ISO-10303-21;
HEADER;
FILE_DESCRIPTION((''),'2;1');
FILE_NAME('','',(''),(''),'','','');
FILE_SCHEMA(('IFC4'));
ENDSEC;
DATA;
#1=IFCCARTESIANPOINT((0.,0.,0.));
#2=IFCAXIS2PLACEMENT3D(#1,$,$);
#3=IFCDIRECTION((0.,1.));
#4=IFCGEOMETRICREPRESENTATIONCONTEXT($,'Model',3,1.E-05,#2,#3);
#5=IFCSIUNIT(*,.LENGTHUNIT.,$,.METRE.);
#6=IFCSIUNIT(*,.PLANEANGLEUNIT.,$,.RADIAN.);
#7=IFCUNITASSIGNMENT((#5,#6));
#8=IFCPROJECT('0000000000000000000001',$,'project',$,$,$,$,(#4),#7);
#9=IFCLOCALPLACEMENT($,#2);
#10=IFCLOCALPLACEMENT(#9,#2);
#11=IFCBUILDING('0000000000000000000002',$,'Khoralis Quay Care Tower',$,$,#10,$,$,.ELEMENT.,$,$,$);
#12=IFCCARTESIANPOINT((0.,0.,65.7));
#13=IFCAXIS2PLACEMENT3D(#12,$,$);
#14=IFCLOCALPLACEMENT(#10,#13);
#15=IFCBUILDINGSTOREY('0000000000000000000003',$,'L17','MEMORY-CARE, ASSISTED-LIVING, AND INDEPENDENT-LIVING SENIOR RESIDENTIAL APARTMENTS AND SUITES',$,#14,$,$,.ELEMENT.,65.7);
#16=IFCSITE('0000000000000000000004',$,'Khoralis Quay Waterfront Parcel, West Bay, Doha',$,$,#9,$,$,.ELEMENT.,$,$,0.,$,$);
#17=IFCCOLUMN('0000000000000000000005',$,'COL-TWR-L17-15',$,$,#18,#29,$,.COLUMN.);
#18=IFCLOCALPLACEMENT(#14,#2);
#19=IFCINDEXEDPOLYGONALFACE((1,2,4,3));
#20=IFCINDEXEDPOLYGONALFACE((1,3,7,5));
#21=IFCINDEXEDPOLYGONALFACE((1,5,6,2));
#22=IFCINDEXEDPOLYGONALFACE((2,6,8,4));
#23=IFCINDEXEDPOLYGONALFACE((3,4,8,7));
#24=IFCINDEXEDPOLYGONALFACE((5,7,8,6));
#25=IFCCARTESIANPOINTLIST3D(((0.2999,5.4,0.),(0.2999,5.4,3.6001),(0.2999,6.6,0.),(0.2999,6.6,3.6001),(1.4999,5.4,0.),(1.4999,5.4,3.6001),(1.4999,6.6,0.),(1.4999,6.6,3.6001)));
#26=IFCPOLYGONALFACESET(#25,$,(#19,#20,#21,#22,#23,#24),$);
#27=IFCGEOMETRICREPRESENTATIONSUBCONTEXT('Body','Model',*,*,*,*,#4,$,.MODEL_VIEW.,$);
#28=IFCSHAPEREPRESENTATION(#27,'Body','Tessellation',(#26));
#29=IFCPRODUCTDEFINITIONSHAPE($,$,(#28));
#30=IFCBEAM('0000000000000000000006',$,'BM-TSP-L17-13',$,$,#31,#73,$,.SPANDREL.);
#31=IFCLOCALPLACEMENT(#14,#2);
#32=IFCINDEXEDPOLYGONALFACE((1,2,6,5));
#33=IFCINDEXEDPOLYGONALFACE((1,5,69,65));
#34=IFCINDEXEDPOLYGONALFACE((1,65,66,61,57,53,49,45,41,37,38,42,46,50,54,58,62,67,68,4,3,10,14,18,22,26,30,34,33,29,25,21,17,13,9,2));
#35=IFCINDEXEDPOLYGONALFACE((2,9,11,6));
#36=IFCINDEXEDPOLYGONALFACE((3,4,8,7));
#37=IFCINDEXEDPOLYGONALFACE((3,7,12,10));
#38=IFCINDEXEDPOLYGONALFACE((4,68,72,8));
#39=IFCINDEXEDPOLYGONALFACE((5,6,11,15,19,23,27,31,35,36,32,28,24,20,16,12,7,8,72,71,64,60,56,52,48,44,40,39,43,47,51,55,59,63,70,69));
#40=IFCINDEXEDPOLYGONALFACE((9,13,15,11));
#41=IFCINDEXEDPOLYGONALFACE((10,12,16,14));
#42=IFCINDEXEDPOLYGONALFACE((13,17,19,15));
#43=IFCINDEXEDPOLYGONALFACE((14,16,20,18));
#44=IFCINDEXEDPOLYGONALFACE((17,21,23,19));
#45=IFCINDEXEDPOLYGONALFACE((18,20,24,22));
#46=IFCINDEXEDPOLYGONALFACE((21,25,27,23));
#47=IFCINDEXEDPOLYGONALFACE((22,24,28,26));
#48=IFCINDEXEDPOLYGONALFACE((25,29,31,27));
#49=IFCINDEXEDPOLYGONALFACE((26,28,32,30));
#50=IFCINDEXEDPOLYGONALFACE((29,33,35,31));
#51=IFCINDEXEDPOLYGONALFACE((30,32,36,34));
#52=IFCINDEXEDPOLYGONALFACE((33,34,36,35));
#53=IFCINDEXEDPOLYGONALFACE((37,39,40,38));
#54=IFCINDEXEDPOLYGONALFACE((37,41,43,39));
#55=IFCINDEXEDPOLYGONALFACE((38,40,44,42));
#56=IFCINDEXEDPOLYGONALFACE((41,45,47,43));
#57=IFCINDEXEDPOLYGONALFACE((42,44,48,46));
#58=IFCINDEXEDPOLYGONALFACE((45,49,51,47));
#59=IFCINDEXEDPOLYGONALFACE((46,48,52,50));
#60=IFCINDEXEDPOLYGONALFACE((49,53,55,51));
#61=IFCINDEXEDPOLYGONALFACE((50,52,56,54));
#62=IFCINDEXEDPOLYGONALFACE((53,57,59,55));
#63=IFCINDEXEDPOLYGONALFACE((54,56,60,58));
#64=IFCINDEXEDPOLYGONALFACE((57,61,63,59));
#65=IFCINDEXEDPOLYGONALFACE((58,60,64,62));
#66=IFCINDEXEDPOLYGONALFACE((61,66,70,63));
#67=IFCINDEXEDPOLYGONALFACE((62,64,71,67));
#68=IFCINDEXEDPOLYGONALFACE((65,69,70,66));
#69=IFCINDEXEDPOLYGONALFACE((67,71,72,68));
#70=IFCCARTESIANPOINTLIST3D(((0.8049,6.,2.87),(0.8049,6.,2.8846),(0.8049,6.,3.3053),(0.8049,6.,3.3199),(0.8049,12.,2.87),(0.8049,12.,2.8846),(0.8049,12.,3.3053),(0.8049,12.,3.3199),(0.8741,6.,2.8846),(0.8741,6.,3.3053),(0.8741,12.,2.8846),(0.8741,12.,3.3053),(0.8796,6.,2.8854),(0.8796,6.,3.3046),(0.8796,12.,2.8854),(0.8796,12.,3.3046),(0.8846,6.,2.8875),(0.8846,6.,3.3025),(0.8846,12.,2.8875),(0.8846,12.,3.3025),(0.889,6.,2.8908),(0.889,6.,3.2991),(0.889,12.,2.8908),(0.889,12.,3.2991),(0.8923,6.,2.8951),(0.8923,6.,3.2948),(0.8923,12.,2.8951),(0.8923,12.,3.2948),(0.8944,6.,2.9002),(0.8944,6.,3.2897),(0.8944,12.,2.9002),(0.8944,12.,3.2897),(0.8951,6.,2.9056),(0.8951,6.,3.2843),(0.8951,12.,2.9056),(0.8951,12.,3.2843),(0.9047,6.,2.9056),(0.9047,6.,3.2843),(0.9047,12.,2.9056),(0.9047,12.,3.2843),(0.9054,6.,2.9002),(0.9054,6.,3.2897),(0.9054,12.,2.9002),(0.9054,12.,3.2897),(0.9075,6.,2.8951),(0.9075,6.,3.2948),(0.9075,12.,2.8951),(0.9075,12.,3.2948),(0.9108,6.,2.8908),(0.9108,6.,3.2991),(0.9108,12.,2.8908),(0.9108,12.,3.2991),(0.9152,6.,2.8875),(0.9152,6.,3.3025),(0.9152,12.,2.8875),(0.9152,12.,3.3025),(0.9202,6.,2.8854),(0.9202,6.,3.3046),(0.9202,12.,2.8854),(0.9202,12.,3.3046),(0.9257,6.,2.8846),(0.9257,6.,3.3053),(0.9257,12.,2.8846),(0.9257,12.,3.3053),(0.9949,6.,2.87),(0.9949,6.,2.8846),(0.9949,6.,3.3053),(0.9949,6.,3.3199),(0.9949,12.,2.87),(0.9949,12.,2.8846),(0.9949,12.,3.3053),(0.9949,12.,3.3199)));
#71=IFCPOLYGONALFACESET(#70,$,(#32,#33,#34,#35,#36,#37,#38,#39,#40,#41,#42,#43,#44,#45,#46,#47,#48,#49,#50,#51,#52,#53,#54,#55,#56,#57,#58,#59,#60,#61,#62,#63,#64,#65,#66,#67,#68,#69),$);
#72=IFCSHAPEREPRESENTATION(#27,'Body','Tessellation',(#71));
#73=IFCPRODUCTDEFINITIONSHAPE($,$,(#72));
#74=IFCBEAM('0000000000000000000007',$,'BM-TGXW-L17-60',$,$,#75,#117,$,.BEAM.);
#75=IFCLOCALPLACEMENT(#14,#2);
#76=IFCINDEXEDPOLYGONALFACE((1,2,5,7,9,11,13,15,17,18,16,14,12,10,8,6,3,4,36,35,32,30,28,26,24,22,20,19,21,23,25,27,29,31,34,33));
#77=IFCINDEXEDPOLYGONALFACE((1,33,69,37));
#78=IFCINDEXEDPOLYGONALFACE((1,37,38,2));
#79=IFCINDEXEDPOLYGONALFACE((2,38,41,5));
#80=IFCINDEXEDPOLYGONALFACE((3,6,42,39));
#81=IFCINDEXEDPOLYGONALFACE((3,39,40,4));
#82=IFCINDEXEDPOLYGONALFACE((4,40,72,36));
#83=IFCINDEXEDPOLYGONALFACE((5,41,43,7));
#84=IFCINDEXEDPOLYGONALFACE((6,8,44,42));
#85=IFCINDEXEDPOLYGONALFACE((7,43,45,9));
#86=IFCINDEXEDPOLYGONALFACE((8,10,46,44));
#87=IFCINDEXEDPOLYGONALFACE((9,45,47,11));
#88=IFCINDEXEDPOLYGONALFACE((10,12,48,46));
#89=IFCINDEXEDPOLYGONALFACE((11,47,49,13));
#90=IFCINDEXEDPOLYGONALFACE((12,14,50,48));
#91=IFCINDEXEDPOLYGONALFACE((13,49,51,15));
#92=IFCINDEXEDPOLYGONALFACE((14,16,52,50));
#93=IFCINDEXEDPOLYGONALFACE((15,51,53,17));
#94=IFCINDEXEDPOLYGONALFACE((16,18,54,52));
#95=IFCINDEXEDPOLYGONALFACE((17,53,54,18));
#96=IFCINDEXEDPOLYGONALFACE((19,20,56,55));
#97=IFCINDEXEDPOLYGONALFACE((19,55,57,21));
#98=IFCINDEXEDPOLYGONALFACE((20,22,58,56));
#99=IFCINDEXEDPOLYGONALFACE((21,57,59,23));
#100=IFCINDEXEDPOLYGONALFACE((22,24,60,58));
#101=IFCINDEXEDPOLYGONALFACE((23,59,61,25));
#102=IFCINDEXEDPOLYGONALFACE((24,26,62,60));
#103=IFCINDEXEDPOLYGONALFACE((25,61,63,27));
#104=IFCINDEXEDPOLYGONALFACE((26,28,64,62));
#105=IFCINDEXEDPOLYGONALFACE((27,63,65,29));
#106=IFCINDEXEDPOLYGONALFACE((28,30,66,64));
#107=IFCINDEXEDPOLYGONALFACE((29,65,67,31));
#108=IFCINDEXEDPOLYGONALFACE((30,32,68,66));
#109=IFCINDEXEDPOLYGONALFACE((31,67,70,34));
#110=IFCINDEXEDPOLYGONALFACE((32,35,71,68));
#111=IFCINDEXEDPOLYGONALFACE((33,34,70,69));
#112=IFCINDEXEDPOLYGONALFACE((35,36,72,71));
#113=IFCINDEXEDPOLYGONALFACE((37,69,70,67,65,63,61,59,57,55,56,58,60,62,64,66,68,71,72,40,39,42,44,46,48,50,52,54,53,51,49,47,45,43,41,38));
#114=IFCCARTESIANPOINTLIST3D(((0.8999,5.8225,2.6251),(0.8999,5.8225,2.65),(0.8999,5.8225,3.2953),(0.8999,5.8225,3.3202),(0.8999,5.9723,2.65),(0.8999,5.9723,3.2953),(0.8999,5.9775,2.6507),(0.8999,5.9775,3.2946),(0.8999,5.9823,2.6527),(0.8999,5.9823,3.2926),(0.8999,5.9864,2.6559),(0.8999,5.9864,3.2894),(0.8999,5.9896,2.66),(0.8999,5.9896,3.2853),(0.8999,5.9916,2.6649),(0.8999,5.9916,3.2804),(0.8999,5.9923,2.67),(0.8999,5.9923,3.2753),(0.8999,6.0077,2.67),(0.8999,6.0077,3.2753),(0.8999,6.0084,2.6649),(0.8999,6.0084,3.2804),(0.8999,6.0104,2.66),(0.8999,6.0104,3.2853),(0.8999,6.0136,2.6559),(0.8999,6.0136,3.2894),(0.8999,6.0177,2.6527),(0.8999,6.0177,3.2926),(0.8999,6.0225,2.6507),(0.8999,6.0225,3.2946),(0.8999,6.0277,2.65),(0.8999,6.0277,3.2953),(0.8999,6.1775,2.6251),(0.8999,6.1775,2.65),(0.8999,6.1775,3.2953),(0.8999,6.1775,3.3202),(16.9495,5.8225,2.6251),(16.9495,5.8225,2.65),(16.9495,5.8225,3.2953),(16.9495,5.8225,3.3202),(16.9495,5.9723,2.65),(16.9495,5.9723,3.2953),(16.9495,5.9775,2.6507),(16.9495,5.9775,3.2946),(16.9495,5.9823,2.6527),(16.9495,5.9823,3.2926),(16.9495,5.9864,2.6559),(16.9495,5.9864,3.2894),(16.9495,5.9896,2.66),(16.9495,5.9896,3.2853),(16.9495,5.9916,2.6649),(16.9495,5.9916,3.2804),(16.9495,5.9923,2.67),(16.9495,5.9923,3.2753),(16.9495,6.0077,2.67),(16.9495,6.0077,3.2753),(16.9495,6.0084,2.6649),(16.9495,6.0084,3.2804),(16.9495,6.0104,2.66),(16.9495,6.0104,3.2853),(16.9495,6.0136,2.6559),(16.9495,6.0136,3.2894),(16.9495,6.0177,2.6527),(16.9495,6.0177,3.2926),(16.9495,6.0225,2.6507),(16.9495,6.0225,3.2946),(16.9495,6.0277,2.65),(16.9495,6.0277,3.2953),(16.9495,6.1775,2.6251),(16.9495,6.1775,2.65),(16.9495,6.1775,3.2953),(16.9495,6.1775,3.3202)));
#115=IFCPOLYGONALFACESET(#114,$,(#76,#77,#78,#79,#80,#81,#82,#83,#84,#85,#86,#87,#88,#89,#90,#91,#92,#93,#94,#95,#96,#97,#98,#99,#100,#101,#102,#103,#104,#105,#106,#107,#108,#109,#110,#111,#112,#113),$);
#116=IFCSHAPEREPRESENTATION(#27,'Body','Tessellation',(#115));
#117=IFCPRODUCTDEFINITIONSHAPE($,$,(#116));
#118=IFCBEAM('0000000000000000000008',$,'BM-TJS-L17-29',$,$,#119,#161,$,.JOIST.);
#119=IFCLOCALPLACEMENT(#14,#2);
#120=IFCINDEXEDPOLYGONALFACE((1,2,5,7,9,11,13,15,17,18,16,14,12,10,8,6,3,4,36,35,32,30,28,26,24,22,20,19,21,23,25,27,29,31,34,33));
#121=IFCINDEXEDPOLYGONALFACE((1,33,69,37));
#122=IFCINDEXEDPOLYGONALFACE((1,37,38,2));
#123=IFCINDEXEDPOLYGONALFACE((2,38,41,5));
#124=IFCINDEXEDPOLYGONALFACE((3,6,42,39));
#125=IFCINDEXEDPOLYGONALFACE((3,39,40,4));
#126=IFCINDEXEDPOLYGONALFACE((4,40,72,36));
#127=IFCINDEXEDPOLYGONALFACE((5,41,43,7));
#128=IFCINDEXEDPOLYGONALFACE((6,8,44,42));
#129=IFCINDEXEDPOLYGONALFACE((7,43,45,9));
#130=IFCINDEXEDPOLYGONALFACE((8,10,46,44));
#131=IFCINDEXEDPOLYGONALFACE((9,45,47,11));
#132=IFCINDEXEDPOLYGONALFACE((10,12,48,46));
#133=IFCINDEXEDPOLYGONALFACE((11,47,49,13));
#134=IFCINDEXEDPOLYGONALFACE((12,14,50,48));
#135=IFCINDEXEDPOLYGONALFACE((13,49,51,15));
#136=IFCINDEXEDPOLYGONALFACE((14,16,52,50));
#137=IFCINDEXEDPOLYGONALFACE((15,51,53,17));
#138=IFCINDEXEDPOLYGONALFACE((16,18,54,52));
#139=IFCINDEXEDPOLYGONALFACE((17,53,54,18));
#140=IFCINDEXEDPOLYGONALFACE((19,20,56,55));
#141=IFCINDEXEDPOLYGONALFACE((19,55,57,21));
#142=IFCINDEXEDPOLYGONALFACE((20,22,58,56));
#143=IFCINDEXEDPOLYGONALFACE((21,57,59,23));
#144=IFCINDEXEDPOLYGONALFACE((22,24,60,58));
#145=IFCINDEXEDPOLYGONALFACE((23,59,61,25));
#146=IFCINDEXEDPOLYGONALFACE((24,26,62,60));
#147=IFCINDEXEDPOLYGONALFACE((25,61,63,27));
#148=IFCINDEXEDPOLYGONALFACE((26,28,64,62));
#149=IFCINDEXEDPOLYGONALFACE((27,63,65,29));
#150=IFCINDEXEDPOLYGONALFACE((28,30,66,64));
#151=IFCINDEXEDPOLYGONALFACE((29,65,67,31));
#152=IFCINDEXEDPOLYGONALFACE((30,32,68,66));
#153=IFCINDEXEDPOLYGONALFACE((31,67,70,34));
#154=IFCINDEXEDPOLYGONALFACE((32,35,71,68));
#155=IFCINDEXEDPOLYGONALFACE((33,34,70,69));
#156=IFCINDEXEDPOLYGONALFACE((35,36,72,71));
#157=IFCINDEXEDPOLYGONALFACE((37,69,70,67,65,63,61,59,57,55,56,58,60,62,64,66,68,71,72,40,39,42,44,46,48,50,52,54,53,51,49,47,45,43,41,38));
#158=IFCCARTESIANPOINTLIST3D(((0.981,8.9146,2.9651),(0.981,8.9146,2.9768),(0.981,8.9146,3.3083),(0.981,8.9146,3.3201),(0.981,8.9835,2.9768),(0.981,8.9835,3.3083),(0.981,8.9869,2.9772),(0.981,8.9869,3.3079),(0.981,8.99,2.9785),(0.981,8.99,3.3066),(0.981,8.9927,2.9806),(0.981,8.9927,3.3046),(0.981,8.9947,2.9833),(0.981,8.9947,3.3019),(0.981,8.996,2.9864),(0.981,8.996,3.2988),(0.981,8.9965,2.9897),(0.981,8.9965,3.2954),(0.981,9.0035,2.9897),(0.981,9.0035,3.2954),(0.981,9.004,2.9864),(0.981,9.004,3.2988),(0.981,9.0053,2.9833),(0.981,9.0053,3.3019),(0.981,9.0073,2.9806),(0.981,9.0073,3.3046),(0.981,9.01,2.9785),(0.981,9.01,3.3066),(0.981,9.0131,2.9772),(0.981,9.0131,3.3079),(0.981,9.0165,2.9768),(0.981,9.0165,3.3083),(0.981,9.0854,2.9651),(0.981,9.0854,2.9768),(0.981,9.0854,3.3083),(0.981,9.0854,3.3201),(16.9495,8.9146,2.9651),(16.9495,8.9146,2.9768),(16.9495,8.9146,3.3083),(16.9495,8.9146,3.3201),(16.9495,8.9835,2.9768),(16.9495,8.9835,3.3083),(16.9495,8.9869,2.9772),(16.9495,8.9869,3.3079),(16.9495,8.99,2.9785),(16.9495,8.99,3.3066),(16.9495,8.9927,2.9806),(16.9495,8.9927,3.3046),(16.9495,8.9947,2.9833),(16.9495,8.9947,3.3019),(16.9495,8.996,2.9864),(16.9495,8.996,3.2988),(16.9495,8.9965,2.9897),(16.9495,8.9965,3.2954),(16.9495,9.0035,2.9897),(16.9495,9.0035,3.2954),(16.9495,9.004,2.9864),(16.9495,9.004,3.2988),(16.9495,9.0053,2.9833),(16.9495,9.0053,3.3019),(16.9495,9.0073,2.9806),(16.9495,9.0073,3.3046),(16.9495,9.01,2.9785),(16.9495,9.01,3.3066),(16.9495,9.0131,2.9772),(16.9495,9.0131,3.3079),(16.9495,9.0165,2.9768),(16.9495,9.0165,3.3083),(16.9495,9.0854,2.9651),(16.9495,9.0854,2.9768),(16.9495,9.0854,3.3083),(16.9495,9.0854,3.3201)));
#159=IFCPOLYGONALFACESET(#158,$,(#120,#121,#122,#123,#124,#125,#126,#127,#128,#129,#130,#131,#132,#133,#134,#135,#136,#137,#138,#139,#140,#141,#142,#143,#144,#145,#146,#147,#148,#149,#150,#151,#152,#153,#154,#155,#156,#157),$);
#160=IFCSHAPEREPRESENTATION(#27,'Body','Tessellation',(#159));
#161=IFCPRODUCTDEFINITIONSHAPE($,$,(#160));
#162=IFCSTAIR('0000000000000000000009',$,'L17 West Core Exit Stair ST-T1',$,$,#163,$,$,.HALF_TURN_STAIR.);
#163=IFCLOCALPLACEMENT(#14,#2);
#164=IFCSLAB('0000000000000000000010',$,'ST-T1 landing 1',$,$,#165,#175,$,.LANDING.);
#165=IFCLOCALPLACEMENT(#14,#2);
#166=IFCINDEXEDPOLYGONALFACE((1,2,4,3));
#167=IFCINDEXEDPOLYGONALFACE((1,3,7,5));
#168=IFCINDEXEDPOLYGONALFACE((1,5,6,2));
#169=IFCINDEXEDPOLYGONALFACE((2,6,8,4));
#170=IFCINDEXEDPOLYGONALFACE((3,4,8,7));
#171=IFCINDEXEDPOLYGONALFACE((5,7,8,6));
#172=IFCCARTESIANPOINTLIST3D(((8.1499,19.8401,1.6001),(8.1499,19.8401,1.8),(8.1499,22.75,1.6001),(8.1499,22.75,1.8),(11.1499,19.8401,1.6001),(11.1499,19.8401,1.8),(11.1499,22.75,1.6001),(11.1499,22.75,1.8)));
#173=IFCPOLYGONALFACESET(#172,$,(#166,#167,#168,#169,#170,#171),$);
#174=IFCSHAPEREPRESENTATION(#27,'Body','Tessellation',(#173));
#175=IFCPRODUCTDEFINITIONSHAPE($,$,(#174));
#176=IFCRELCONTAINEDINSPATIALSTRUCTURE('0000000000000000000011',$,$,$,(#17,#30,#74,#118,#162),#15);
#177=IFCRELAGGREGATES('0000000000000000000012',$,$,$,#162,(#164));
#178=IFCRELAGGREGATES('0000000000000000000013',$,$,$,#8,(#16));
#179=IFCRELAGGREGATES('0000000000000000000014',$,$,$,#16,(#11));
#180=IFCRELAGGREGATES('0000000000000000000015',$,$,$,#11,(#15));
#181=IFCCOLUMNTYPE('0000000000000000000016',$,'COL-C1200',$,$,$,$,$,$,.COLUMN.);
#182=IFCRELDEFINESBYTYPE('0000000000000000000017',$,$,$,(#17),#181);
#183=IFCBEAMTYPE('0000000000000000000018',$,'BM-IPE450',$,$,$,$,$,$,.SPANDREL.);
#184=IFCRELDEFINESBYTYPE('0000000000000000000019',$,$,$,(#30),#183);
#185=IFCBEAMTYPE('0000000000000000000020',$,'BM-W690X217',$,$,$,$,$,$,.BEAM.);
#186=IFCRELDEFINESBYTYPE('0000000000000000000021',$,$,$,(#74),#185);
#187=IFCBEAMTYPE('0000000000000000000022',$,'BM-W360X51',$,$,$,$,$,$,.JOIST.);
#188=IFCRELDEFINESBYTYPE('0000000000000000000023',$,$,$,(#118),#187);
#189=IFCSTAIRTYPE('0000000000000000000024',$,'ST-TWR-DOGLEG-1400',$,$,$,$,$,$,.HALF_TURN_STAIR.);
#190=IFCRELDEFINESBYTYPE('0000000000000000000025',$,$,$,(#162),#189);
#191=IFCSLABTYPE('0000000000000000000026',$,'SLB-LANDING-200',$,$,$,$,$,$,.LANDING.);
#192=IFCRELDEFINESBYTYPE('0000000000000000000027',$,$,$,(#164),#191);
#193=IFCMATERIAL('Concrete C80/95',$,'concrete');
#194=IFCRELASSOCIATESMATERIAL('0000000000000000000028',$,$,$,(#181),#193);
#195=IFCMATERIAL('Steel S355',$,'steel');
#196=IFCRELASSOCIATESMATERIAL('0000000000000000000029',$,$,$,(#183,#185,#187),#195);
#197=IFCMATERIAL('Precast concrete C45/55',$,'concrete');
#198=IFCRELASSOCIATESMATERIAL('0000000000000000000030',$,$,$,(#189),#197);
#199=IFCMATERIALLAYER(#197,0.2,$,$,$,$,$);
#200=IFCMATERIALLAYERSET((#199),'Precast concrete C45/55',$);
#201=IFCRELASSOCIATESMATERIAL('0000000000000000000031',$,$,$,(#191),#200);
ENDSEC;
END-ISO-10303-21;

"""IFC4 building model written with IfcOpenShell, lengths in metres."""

from ifc_helpers import new_model, si_unit, direction, frame, origin, origin_2d, place, context, subcontext, project, spatial, polyline, rectangle, i_section, outline, extrude, source, transform, mapped, material, layer, layer_set, material_profile, profile_set, type_object, element, aggregate, save


model = new_model("IFC4")

# Units and contexts
model_context = context("Model", 3, precision=1e-05, world=origin(), true_north=direction((0.0, 1.0)))
body_context = subcontext(model_context, "Body", "Model", "MODEL_VIEW")
ifc_project = project(units=[si_unit("LENGTHUNIT", "METRE"), si_unit("PLANEANGLEUNIT", "RADIAN")], contexts=[model_context])

# Site, building, storey
site_placement = place(None, origin())
site = spatial("IfcSite", under=ifc_project, at=site_placement, Name="Khoralis Quay Waterfront Parcel, West Bay, Doha", CompositionType="ELEMENT", RefElevation=0.0)
building_placement = place(site_placement, origin())
building = spatial("IfcBuilding", under=site, at=building_placement, Name="Khoralis Quay Care Tower", CompositionType="ELEMENT")
storey_placement = place(building_placement, frame((0.0, 0.0, 65.7)))
storey = spatial("IfcBuildingStorey", under=building, at=storey_placement, Name="L17", Description="MEMORY-CARE, ASSISTED-LIVING, AND INDEPENDENT-LIVING SENIOR RESIDENTIAL APARTMENTS AND SUITES", CompositionType="ELEMENT", Elevation=65.7)

# Column
ifc_material_1 = material(Name="Concrete C80/95", Category="concrete")
ifc_material_profile_1 = material_profile(ifc_material_1, rectangle(XDim=1.2, YDim=1.2, at=origin_2d()), Name="Concrete C80/95")
ifc_profile_set_1 = profile_set([ifc_material_profile_1], Name="Concrete C80/95")
column_type = type_object("IfcColumnType", Name="COL-C1200", PredefinedType="COLUMN", material=ifc_profile_set_1)
shared_shape_1 = source(origin(), body_context, "Body", "SweptSolid", [
    extrude(rectangle(XDim=1.2, YDim=1.2, at=origin_2d()), origin(), (0.0, 0.0, 1.0), 3.6001),
])
column_placement = place(storey_placement, frame((0.8999, 6.0, 0.0), z_axis=(0.0, 0.0, 1.0), x_axis=(1.0, 0.0, 0.0)))
element("IfcColumn", 1, at=column_placement, inside=storey, type_object=column_type, Name="COL-TWR-L17-15", PredefinedType="COLUMN", context=body_context, shape_type="MappedRepresentation", body=[
    mapped(shared_shape_1, transform((0.0, 0.0, 0.0), scale=1.0)),
])

# Beams
ifc_material_2 = material(Name="Steel S355", Category="steel")
ifc_material_profile_2 = material_profile(ifc_material_2, i_section(OverallWidth=0.1899, OverallDepth=0.45, WebThickness=0.0095, FlangeThickness=0.0146, FilletRadius=0.021, at=origin_2d()), Name="Steel S355")
ifc_profile_set_2 = profile_set([ifc_material_profile_2], Name="Steel S355")
beam_type_1 = type_object("IfcBeamType", Name="BM-IPE450", PredefinedType="SPANDREL", material=ifc_profile_set_2)
shared_shape_2 = source(origin(), body_context, "Body", "SweptSolid", [
    extrude(i_section(OverallWidth=0.1899, OverallDepth=0.45, WebThickness=0.0095, FlangeThickness=0.0146, FilletRadius=0.021, at=origin_2d()), origin(), (0.0, 0.0, 1.0), 6.0),
])
beam_1_placement = place(storey_placement, frame((0.8999, 6.0, 3.095), z_axis=(0.0, 1.0, 0.0), x_axis=(-1.0, 0.0, 0.0)))
element("IfcBeam", 2, at=beam_1_placement, inside=storey, type_object=beam_type_1, Name="BM-TSP-L17-13", PredefinedType="SPANDREL", context=body_context, shape_type="MappedRepresentation", body=[
    mapped(shared_shape_2, transform((0.0, 0.0, 0.0), scale=1.0)),
])
ifc_material_profile_3 = material_profile(ifc_material_2, i_section(OverallWidth=0.355, OverallDepth=0.6951, WebThickness=0.0154, FlangeThickness=0.0249, FilletRadius=0.02, at=origin_2d()), Name="Steel S355")
ifc_profile_set_3 = profile_set([ifc_material_profile_3], Name="Steel S355")
beam_type_2 = type_object("IfcBeamType", Name="BM-W690X217", PredefinedType="BEAM", material=ifc_profile_set_3)
shared_shape_3 = source(origin(), body_context, "Body", "SweptSolid", [
    extrude(i_section(OverallWidth=0.355, OverallDepth=0.6951, WebThickness=0.0154, FlangeThickness=0.0249, FilletRadius=0.02, at=origin_2d()), origin(), (0.0, 0.0, 1.0), 16.0496),
])
beam_2_placement = place(storey_placement, frame((0.8999, 6.0, 2.9727), z_axis=(1.0, 0.0, 0.0), x_axis=(0.0, 1.0, 0.0)))
element("IfcBeam", 3, at=beam_2_placement, inside=storey, type_object=beam_type_2, Name="BM-TGXW-L17-60", PredefinedType="BEAM", context=body_context, shape_type="MappedRepresentation", body=[
    mapped(shared_shape_3, transform((0.0, 0.0, 0.0), scale=1.0)),
])
ifc_material_profile_4 = material_profile(ifc_material_2, i_section(OverallWidth=0.1709, OverallDepth=0.355, WebThickness=0.0071, FlangeThickness=0.0117, FilletRadius=0.0129, at=origin_2d()), Name="Steel S355")
ifc_profile_set_4 = profile_set([ifc_material_profile_4], Name="Steel S355")
beam_type_3 = type_object("IfcBeamType", Name="BM-W360X51", PredefinedType="JOIST", material=ifc_profile_set_4)
shared_shape_4 = source(origin(), body_context, "Body", "SweptSolid", [
    extrude(i_section(OverallWidth=0.1709, OverallDepth=0.355, WebThickness=0.0071, FlangeThickness=0.0117, FilletRadius=0.0129, at=origin_2d()), origin(), (0.0, 0.0, 1.0), 15.9685),
])
beam_3_placement = place(storey_placement, frame((0.981, 9.0, 3.1426), z_axis=(1.0, 0.0, 0.0), x_axis=(0.0, 1.0, 0.0)))
element("IfcBeam", 4, at=beam_3_placement, inside=storey, type_object=beam_type_3, Name="BM-TJS-L17-29", PredefinedType="JOIST", context=body_context, shape_type="MappedRepresentation", body=[
    mapped(shared_shape_4, transform((0.0, 0.0, 0.0), scale=1.0)),
])

# Stair, slab
ifc_material_3 = material(Name="Precast concrete C45/55", Category="concrete")
stair_type = type_object("IfcStairType", Name="ST-TWR-DOGLEG-1400", PredefinedType="HALF_TURN_STAIR", material=ifc_material_3)
stair_1_placement = place(storey_placement, origin())
stair_1 = element("IfcStair", 5, at=stair_1_placement, inside=storey, type_object=stair_type, Name="L17 West Core Exit Stair ST-T1", PredefinedType="HALF_TURN_STAIR")
ifc_layer_1 = layer(ifc_material_3, 0.2)
ifc_layer_set_1 = layer_set([ifc_layer_1], Name="Precast concrete C45/55")
slab_type_1 = type_object("IfcSlabType", Name="SLB-LANDING-200", PredefinedType="LANDING", material=ifc_layer_set_1)
slab_1_placement = place(storey_placement, frame((0.0, 0.0, 1.6001)))
slab_1 = element("IfcSlab", 6, at=slab_1_placement, type_object=slab_type_1, Name="ST-T1 landing 1", PredefinedType="LANDING", context=body_context, shape_type="SweptSolid", body=[
    extrude(outline(polyline([(11.1499, 19.8401), (11.1499, 22.75), (8.1499, 22.75), (8.1499, 19.8401), (11.1499, 19.8401)])), origin(), (0.0, 0.0, 1.0), 0.2),
])
aggregate(stair_1, [slab_1])

save(model, "model.ifc")
